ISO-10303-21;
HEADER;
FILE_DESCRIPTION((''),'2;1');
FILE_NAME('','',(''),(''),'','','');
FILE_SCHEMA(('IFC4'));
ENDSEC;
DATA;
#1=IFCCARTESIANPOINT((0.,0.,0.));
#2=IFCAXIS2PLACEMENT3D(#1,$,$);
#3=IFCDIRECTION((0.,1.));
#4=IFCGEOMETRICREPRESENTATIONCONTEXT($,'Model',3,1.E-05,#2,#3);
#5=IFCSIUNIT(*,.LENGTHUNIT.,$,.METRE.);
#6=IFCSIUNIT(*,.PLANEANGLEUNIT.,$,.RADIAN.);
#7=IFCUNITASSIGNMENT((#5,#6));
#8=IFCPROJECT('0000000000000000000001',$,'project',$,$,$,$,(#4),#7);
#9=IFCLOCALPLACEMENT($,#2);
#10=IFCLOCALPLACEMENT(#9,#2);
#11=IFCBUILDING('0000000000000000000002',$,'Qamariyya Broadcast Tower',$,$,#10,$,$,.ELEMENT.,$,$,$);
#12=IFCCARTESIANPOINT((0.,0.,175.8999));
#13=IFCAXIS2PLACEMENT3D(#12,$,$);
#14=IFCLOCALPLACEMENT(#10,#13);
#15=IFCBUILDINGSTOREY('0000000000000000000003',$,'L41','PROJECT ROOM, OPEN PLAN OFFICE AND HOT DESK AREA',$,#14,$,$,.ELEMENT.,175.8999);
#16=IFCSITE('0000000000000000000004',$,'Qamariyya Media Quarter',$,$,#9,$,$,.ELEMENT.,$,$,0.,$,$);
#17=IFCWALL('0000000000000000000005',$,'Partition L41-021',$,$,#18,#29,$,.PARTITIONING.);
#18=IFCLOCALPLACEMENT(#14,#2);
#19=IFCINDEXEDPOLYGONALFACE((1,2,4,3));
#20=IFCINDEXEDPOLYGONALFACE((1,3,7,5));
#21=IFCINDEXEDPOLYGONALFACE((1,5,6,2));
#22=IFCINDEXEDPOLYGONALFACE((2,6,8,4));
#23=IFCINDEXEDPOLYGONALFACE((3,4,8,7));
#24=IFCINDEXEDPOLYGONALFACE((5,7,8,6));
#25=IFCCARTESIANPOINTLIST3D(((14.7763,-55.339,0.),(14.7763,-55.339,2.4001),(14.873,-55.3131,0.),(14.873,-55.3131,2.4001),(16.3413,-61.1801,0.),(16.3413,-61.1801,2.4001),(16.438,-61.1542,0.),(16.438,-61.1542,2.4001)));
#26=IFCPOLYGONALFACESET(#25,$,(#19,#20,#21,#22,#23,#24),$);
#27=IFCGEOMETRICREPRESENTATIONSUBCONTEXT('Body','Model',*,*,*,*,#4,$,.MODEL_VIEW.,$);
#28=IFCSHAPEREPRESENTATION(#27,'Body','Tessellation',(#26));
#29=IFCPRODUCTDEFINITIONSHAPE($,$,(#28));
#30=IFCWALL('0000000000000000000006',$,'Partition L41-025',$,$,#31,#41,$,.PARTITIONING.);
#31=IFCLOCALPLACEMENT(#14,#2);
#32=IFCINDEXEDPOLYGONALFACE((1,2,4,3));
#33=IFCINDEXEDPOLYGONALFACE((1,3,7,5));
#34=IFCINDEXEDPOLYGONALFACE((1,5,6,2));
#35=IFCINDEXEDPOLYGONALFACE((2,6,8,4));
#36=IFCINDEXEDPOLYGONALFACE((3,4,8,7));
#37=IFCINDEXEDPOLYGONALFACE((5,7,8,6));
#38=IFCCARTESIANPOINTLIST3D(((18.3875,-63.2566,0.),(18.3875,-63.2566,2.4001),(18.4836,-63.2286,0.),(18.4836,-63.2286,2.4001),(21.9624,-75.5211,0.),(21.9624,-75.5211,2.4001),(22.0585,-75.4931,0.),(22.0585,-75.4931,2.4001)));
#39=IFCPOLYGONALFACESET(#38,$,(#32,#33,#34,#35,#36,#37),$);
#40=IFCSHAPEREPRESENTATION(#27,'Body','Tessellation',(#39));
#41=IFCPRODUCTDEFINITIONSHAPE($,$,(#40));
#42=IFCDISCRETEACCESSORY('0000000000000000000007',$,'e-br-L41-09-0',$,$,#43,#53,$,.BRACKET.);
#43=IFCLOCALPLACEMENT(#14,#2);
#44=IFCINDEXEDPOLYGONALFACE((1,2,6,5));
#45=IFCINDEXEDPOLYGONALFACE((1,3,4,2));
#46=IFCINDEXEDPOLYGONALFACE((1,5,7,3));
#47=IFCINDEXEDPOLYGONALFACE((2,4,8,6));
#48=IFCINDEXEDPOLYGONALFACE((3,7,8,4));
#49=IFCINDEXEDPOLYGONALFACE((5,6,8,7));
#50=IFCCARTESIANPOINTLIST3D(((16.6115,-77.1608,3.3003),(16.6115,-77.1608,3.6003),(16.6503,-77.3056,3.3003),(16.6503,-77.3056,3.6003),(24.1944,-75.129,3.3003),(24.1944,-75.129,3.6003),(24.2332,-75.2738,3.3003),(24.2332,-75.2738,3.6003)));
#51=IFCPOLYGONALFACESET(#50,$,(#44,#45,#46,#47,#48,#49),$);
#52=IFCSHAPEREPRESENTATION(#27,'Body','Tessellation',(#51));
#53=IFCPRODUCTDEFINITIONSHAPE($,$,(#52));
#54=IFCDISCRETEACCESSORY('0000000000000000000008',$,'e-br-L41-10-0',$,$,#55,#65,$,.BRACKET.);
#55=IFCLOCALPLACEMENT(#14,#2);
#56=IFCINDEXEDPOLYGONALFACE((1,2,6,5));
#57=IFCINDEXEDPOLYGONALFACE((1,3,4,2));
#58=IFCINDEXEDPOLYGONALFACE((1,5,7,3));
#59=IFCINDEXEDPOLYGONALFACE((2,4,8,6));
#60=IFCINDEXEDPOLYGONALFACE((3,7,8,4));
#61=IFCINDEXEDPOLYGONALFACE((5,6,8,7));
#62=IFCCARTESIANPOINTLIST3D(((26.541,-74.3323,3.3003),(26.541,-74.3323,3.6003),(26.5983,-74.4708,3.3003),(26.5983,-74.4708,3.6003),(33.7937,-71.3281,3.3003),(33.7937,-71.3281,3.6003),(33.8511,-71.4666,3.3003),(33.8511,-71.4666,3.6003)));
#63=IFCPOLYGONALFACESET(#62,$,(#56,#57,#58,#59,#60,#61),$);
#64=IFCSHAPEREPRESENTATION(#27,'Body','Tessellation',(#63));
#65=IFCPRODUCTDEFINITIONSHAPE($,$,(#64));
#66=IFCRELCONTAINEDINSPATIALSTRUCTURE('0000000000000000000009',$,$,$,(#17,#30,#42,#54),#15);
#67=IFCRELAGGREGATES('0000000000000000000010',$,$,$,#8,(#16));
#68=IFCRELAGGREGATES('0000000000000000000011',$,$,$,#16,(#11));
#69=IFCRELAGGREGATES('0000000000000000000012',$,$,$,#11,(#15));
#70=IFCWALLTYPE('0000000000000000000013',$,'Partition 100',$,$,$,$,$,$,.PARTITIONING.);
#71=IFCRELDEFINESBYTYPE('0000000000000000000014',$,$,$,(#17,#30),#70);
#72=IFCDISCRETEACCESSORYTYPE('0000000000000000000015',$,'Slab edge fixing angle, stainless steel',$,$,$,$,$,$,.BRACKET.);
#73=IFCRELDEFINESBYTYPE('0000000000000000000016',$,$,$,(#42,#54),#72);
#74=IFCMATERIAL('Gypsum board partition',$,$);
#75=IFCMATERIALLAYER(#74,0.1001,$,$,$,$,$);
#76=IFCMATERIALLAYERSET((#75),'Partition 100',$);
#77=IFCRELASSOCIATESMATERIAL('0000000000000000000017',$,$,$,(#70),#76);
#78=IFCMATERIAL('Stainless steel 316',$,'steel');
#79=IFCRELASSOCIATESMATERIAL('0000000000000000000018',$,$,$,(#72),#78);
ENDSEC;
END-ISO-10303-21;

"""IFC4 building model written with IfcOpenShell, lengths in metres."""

from ifc_helpers import new_model, si_unit, direction, frame, frame_2d, origin, origin_2d, place, context, subcontext, project, spatial, rectangle, extrude, material, layer, layer_set, type_object, element, save


model = new_model("IFC4")

# Units and contexts
model_context = context("Model", 3, precision=1e-05, world=origin(), true_north=direction((0.0, 1.0)))
body_context = subcontext(model_context, "Body", "Model", "MODEL_VIEW")
ifc_project = project(units=[si_unit("LENGTHUNIT", "METRE"), si_unit("PLANEANGLEUNIT", "RADIAN")], contexts=[model_context])

# Site, building, storey
site_placement = place(None, origin())
site = spatial("IfcSite", under=ifc_project, at=site_placement, Name="Qamariyya Media Quarter", CompositionType="ELEMENT", RefElevation=0.0)
building_placement = place(site_placement, origin())
building = spatial("IfcBuilding", under=site, at=building_placement, Name="Qamariyya Broadcast Tower", CompositionType="ELEMENT")
storey_placement = place(building_placement, frame((0.0, 0.0, 175.8999)))
storey = spatial("IfcBuildingStorey", under=building, at=storey_placement, Name="L41", Description="PROJECT ROOM, OPEN PLAN OFFICE AND HOT DESK AREA", CompositionType="ELEMENT", Elevation=175.8999)

# Shared definitions
ifc_material_1 = material(Name="Gypsum board partition")

# Walls
ifc_layer_1 = layer(ifc_material_1, 0.1001)
ifc_layer_set_1 = layer_set([ifc_layer_1], Name="Partition 100")
wall_type_1 = type_object("IfcWallType", Name="Partition 100", PredefinedType="PARTITIONING", material=ifc_layer_set_1)
wall_1_placement = place(storey_placement, frame((14.8247, -55.3262, 0.0), z_axis=(0.0, 0.0, 1.0), x_axis=(0.258793, -0.965933, 0.0)))
element("IfcWall", 1, at=wall_1_placement, inside=storey, type_object=wall_type_1, Name="Partition L41-021", PredefinedType="PARTITIONING", context=body_context, shape_type="SweptSolid", body=[
    extrude(rectangle(XDim=6.0471, YDim=0.1001, at=frame_2d((3.0234, 0.0))), origin(), (0.0, 0.0, 1.0), 2.4001),
])
wall_2_placement = place(storey_placement, frame((22.0105, -75.5071, 0.0), z_axis=(0.0, 0.0, 1.0), x_axis=(-0.279844, 0.960046, 0.0)))
element("IfcWall", 2, at=wall_2_placement, inside=storey, type_object=wall_type_1, Name="Partition L41-025", PredefinedType="PARTITIONING", context=body_context, shape_type="SweptSolid", body=[
    extrude(rectangle(XDim=12.7749, YDim=0.1001, at=frame_2d((6.3875, 0.0))), origin(), (0.0, 0.0, 1.0), 2.4001),
])

# Discrete accessories
ifc_material_2 = material(Name="Stainless steel 316", Category="steel")
discrete_accessory_type = type_object("IfcDiscreteAccessoryType", Name="Slab edge fixing angle, stainless steel", PredefinedType="BRACKET", material=ifc_material_2)
for number, where, z_axis, x_axis, name in (
    (3, (20.4224, -76.2173, 3.3003), (0.0, 0.0, 1.0), (0.965926, 0.258819, 0.0), "e-br-L41-09-0"),
    (4, (30.196, -72.8994, 3.3003), (0.0, 0.0, 1.0), (0.92388, 0.382683, 0.0), "e-br-L41-10-0"),
):
    element("IfcDiscreteAccessory", number, at=place(storey_placement, frame(where, z_axis=z_axis, x_axis=x_axis)), inside=storey, type_object=discrete_accessory_type, Name=name, PredefinedType="BRACKET", context=body_context, shape_type="SweptSolid", body=[
        extrude(rectangle(XDim=7.8503, YDim=0.1499, at=origin_2d()), origin(), (0.0, 0.0, 1.0), 0.3),
    ])

save(model, "model.ifc")
